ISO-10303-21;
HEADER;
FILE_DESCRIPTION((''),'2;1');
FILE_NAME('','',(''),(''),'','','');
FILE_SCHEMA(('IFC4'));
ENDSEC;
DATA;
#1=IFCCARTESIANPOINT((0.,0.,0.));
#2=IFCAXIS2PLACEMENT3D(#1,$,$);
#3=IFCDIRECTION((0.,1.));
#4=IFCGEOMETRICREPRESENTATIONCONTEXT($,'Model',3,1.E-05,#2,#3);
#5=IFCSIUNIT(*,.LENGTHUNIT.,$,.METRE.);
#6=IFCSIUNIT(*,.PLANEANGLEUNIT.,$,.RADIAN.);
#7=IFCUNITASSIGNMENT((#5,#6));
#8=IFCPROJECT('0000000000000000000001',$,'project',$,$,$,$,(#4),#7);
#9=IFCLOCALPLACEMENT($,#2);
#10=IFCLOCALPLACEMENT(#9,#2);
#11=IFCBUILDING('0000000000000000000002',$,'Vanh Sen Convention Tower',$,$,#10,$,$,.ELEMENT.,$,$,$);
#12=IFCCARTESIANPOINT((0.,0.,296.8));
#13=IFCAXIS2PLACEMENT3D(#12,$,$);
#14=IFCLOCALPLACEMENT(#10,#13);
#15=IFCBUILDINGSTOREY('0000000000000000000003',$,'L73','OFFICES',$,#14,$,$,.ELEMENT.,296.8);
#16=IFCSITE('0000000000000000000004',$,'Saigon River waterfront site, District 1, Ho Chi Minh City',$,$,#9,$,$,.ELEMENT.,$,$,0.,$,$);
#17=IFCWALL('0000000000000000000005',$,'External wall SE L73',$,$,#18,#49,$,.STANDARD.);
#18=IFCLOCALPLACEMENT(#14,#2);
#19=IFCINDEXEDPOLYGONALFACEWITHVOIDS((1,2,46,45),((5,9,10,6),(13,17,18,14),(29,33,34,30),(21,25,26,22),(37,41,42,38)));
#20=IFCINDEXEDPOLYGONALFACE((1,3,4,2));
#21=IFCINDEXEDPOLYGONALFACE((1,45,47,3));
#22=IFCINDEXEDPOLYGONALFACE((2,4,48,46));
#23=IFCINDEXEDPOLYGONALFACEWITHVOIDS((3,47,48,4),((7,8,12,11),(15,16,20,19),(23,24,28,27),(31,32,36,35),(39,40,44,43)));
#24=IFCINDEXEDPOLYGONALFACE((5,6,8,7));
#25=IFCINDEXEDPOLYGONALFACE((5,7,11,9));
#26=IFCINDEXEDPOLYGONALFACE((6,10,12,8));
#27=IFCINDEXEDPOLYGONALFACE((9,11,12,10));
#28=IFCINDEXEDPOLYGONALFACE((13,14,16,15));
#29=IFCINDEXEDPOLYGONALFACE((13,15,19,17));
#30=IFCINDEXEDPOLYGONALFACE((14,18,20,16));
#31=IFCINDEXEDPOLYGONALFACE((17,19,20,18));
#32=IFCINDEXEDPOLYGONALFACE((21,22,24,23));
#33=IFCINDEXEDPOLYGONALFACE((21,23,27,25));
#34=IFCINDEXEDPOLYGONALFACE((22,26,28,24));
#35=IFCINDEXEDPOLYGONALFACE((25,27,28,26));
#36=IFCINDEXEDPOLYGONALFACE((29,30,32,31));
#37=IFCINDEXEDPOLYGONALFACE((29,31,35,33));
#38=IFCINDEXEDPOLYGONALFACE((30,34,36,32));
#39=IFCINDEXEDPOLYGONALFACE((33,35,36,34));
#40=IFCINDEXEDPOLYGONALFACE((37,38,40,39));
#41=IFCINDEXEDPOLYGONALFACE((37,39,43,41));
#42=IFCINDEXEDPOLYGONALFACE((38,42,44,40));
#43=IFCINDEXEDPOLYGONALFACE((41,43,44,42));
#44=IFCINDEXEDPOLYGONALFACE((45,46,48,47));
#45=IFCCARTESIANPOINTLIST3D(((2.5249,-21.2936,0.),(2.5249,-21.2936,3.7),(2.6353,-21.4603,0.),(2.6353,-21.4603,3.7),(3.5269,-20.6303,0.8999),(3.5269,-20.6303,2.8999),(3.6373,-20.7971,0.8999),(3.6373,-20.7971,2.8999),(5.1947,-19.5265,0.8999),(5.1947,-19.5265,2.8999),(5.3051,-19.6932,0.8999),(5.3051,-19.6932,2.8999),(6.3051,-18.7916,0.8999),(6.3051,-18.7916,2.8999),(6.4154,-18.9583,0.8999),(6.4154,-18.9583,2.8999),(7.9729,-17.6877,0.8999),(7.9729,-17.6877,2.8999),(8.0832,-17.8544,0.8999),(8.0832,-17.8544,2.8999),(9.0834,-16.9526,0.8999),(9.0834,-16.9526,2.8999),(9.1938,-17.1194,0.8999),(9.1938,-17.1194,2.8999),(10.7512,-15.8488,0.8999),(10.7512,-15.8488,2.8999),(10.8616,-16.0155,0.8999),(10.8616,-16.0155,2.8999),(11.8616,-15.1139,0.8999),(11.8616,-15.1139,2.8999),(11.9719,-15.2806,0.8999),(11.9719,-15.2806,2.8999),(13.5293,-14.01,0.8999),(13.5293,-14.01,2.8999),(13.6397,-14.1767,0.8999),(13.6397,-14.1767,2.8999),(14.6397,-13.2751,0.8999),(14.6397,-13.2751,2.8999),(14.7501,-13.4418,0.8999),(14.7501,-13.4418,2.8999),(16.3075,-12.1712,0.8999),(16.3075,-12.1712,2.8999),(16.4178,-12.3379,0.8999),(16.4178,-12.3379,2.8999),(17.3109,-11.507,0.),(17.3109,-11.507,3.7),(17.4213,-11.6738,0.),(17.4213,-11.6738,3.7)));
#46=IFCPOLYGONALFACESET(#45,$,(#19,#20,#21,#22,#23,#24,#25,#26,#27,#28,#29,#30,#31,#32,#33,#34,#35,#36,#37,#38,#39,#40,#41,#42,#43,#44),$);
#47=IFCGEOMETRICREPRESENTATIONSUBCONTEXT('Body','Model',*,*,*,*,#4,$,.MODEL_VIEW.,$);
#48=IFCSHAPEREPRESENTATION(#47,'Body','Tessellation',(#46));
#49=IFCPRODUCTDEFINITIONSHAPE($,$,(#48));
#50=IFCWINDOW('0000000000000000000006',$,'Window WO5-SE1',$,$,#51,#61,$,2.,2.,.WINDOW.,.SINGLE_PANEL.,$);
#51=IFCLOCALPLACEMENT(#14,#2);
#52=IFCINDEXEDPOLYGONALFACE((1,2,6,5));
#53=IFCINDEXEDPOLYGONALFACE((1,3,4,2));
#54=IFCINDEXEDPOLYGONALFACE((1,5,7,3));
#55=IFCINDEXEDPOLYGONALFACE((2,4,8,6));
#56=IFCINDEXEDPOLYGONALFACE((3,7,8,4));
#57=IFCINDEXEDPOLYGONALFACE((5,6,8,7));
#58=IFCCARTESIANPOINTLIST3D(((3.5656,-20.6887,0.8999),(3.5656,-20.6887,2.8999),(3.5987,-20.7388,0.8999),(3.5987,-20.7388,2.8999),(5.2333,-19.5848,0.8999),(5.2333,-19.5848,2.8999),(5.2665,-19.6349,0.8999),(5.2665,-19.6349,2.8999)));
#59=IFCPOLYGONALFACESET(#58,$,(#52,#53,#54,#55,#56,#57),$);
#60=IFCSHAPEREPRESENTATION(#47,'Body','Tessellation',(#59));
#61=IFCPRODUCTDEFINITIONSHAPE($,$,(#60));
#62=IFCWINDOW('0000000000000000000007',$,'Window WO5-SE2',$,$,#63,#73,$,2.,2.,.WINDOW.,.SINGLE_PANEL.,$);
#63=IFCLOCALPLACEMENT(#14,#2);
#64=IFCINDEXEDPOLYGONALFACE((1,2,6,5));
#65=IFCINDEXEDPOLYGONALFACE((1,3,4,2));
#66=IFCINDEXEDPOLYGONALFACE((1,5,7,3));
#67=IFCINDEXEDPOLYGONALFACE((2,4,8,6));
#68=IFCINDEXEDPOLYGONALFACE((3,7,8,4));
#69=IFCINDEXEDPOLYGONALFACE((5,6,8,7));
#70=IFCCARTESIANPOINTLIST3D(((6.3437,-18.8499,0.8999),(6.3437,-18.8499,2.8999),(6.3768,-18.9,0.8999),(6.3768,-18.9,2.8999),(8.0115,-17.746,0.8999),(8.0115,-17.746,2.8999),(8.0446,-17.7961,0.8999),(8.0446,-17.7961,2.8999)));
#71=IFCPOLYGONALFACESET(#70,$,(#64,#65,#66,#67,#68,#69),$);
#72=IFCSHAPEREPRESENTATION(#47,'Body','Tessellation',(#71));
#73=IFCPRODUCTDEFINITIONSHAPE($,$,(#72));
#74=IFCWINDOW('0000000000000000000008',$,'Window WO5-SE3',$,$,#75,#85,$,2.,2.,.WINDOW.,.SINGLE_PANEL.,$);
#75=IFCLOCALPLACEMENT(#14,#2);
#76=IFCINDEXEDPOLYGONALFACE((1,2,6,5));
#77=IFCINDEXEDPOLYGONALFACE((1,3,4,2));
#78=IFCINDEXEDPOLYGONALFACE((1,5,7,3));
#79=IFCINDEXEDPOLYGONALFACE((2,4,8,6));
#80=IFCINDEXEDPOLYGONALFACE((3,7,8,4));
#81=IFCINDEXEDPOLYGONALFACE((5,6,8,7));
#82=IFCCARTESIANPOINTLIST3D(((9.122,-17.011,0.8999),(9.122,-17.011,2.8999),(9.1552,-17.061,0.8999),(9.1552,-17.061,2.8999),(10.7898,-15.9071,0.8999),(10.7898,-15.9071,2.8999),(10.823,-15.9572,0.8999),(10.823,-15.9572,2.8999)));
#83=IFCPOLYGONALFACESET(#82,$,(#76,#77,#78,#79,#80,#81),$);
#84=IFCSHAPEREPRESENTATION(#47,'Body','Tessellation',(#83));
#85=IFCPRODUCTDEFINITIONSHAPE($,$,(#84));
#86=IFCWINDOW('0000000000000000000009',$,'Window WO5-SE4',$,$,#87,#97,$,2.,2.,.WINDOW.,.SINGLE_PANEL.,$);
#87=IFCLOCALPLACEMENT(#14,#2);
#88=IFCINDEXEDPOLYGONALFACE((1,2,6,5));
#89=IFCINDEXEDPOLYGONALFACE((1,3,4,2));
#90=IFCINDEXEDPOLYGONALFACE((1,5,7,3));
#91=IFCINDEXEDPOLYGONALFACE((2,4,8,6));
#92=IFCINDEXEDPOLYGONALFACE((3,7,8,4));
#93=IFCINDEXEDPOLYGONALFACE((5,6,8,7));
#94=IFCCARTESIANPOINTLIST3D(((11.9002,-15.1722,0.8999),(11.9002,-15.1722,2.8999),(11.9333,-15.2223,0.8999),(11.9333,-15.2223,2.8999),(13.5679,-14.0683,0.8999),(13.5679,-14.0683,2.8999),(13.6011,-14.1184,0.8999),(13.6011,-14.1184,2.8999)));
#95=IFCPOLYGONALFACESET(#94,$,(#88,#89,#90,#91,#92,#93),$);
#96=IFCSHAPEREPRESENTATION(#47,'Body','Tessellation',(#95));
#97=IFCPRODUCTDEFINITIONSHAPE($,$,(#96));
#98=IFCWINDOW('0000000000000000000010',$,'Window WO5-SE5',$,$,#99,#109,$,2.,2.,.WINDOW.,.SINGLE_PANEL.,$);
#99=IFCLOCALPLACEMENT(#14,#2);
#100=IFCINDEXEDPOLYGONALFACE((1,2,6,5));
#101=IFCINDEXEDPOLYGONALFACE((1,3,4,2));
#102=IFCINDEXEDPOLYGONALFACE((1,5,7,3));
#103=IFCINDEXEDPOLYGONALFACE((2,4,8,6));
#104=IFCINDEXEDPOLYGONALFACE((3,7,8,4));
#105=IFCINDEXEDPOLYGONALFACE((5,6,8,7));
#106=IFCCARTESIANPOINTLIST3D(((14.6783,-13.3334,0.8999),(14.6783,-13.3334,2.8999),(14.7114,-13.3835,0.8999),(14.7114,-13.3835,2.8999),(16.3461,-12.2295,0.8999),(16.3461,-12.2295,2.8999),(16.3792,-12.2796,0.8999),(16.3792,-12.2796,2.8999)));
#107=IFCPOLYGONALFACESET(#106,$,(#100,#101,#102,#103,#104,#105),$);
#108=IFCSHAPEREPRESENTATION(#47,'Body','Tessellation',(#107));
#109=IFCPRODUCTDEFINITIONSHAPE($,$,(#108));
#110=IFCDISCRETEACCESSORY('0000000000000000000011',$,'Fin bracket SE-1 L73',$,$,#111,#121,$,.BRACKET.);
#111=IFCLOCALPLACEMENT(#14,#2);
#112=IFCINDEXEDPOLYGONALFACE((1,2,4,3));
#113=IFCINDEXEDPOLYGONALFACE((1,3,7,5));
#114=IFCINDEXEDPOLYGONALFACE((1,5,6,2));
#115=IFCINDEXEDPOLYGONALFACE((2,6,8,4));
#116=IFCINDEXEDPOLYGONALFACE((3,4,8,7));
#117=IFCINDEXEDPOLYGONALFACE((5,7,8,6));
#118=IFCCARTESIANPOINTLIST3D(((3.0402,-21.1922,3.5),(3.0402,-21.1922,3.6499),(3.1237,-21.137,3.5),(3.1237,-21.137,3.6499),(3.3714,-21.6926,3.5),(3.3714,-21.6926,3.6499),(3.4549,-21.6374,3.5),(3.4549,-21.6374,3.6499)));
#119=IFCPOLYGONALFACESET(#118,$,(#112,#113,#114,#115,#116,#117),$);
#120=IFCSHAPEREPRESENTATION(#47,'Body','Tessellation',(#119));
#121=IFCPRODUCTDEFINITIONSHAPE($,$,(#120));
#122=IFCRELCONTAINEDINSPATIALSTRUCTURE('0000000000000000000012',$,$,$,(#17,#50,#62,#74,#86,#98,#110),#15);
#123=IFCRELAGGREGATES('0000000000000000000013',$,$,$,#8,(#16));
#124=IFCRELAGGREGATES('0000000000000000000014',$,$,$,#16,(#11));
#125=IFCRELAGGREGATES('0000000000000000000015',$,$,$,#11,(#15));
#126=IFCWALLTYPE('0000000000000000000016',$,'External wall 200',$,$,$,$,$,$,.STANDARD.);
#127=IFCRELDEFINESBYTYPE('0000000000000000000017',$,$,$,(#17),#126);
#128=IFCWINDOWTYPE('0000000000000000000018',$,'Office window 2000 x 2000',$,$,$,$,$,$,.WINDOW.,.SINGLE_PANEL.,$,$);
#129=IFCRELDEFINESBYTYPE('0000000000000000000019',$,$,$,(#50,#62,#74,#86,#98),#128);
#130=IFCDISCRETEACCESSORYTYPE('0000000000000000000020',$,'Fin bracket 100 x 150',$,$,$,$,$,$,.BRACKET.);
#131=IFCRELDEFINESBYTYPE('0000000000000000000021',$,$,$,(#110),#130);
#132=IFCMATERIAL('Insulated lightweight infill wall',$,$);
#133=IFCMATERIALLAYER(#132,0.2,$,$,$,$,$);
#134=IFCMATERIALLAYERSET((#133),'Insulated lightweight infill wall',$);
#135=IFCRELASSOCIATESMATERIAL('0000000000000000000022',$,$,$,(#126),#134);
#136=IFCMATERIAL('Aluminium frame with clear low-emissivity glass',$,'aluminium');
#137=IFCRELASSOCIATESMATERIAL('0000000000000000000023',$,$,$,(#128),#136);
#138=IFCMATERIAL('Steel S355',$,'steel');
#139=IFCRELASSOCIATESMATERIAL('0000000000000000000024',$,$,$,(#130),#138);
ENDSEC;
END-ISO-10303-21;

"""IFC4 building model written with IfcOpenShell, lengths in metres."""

from ifc_helpers import new_model, si_unit, direction, frame, frame_2d, origin, origin_2d, place, context, subcontext, project, spatial, rectangle, extrude, material, layer, layer_set, type_object, element, fill, save


model = new_model("IFC4")

# Units and contexts
model_context = context("Model", 3, precision=1e-05, world=origin(), true_north=direction((0.0, 1.0)))
body_context = subcontext(model_context, "Body", "Model", "MODEL_VIEW")
ifc_project = project(units=[si_unit("LENGTHUNIT", "METRE"), si_unit("PLANEANGLEUNIT", "RADIAN")], contexts=[model_context])

# Site, building, storey
site_placement = place(None, origin())
site = spatial("IfcSite", under=ifc_project, at=site_placement, Name="Saigon River waterfront site, District 1, Ho Chi Minh City", CompositionType="ELEMENT", RefElevation=0.0)
building_placement = place(site_placement, origin())
building = spatial("IfcBuilding", under=site, at=building_placement, Name="Vanh Sen Convention Tower", CompositionType="ELEMENT")
storey_placement = place(building_placement, frame((0.0, 0.0, 296.8)))
storey = spatial("IfcBuildingStorey", under=building, at=storey_placement, Name="L73", Description="OFFICES", CompositionType="ELEMENT", Elevation=296.8)

# Wall, openings, windows
ifc_material_1 = material(Name="Insulated lightweight infill wall")
ifc_layer_1 = layer(ifc_material_1, 0.2)
ifc_layer_set_1 = layer_set([ifc_layer_1], Name="Insulated lightweight infill wall")
wall_type_1 = type_object("IfcWallType", Name="External wall 200", PredefinedType="STANDARD", material=ifc_layer_set_1)
wall_1_placement = place(storey_placement, frame((2.5801, -21.377, 0.0), z_axis=(0.0, 0.0, 1.0), x_axis=(0.833889, 0.551933, 0.0)))
wall_1 = element("IfcWall", 1, at=wall_1_placement, inside=storey, type_object=wall_type_1, Name="External wall SE L73", PredefinedType="STANDARD", context=body_context, shape_type="SweptSolid", body=[
    extrude(rectangle(XDim=17.7314, YDim=0.2, at=frame_2d((8.8657, 0.0))), origin(), (0.0, 0.0, 1.0), 3.7),
])
opening_1_placement = place(wall_1_placement, frame((1.2017, 0.0, 0.8999)))
opening_1 = element("IfcOpeningElement", 2, at=opening_1_placement, cuts=wall_1, PredefinedType="OPENING", context=body_context, shape_type="SweptSolid", body=[
    extrude(rectangle(XDim=2.0, YDim=2.0, at=frame_2d((1.0, 1.0))), frame((0.0, 0.1099, 0.0), z_axis=(0.0, -1.0, 0.0), x_axis=(1.0, 0.0, 0.0)), (0.0, 0.0, 1.0), 0.22),
])
opening_2_placement = place(wall_1_placement, frame((4.5332, 0.0, 0.8999)))
opening_2 = element("IfcOpeningElement", 3, at=opening_2_placement, cuts=wall_1, PredefinedType="OPENING", context=body_context, shape_type="SweptSolid", body=[
    extrude(rectangle(XDim=2.0, YDim=2.0, at=frame_2d((1.0, 1.0))), frame((0.0, 0.1099, 0.0), z_axis=(0.0, -1.0, 0.0), x_axis=(1.0, 0.0, 0.0)), (0.0, 0.0, 1.0), 0.22),
])
opening_3_placement = place(wall_1_placement, frame((7.865, 0.0, 0.8999)))
opening_3 = element("IfcOpeningElement", 4, at=opening_3_placement, cuts=wall_1, PredefinedType="OPENING", context=body_context, shape_type="SweptSolid", body=[
    extrude(rectangle(XDim=2.0, YDim=2.0, at=frame_2d((1.0, 1.0))), frame((0.0, 0.1099, 0.0), z_axis=(0.0, -1.0, 0.0), x_axis=(1.0, 0.0, 0.0)), (0.0, 0.0, 1.0), 0.22),
])
opening_4_placement = place(wall_1_placement, frame((11.1965, 0.0, 0.8999)))
opening_4 = element("IfcOpeningElement", 5, at=opening_4_placement, cuts=wall_1, PredefinedType="OPENING", context=body_context, shape_type="SweptSolid", body=[
    extrude(rectangle(XDim=2.0, YDim=2.0, at=frame_2d((1.0, 1.0))), frame((0.0, 0.1099, 0.0), z_axis=(0.0, -1.0, 0.0), x_axis=(1.0, 0.0, 0.0)), (0.0, 0.0, 1.0), 0.22),
])
opening_5_placement = place(wall_1_placement, frame((14.5281, 0.0, 0.8999)))
opening_5 = element("IfcOpeningElement", 6, at=opening_5_placement, cuts=wall_1, PredefinedType="OPENING", context=body_context, shape_type="SweptSolid", body=[
    extrude(rectangle(XDim=2.0, YDim=2.0, at=frame_2d((1.0, 1.0))), frame((0.0, 0.1099, 0.0), z_axis=(0.0, -1.0, 0.0), x_axis=(1.0, 0.0, 0.0)), (0.0, 0.0, 1.0), 0.22),
])
ifc_material_2 = material(Name="Aluminium frame with clear low-emissivity glass", Category="aluminium")
window_type = type_object("IfcWindowType", Name="Office window 2000 x 2000", PartitioningType="SINGLE_PANEL", PredefinedType="WINDOW", material=ifc_material_2)
window_1_placement = place(opening_1_placement, origin())
window_1 = element("IfcWindow", 7, at=window_1_placement, inside=storey, type_object=window_type, Name="Window WO5-SE1", OverallHeight=2.0, OverallWidth=2.0, PartitioningType="SINGLE_PANEL", PredefinedType="WINDOW", context=body_context, shape_type="SweptSolid", body=[
    extrude(rectangle(XDim=2.0, YDim=2.0, at=frame_2d((1.0, 1.0))), frame((0.0, 0.03, 0.0), z_axis=(0.0, -1.0, 0.0), x_axis=(1.0, 0.0, 0.0)), (0.0, 0.0, 1.0), 0.0601),
])
fill(opening_1, window_1)
window_2_placement = place(opening_2_placement, origin())
window_2 = element("IfcWindow", 8, at=window_2_placement, inside=storey, type_object=window_type, Name="Window WO5-SE2", OverallHeight=2.0, OverallWidth=2.0, PartitioningType="SINGLE_PANEL", PredefinedType="WINDOW", context=body_context, shape_type="SweptSolid", body=[
    extrude(rectangle(XDim=2.0, YDim=2.0, at=frame_2d((1.0, 1.0))), frame((0.0, 0.03, 0.0), z_axis=(0.0, -1.0, 0.0), x_axis=(1.0, 0.0, 0.0)), (0.0, 0.0, 1.0), 0.0601),
])
fill(opening_2, window_2)
window_3_placement = place(opening_3_placement, origin())
window_3 = element("IfcWindow", 9, at=window_3_placement, inside=storey, type_object=window_type, Name="Window WO5-SE3", OverallHeight=2.0, OverallWidth=2.0, PartitioningType="SINGLE_PANEL", PredefinedType="WINDOW", context=body_context, shape_type="SweptSolid", body=[
    extrude(rectangle(XDim=2.0, YDim=2.0, at=frame_2d((1.0, 1.0))), frame((0.0, 0.03, 0.0), z_axis=(0.0, -1.0, 0.0), x_axis=(1.0, 0.0, 0.0)), (0.0, 0.0, 1.0), 0.0601),
])
fill(opening_3, window_3)
window_4_placement = place(opening_4_placement, origin())
window_4 = element("IfcWindow", 10, at=window_4_placement, inside=storey, type_object=window_type, Name="Window WO5-SE4", OverallHeight=2.0, OverallWidth=2.0, PartitioningType="SINGLE_PANEL", PredefinedType="WINDOW", context=body_context, shape_type="SweptSolid", body=[
    extrude(rectangle(XDim=2.0, YDim=2.0, at=frame_2d((1.0, 1.0))), frame((0.0, 0.03, 0.0), z_axis=(0.0, -1.0, 0.0), x_axis=(1.0, 0.0, 0.0)), (0.0, 0.0, 1.0), 0.0601),
])
fill(opening_4, window_4)
window_5_placement = place(opening_5_placement, origin())
window_5 = element("IfcWindow", 11, at=window_5_placement, inside=storey, type_object=window_type, Name="Window WO5-SE5", OverallHeight=2.0, OverallWidth=2.0, PartitioningType="SINGLE_PANEL", PredefinedType="WINDOW", context=body_context, shape_type="SweptSolid", body=[
    extrude(rectangle(XDim=2.0, YDim=2.0, at=frame_2d((1.0, 1.0))), frame((0.0, 0.03, 0.0), z_axis=(0.0, -1.0, 0.0), x_axis=(1.0, 0.0, 0.0)), (0.0, 0.0, 1.0), 0.0601),
])
fill(opening_5, window_5)

# Discrete accessory
ifc_material_3 = material(Name="Steel S355", Category="steel")
discrete_accessory_type = type_object("IfcDiscreteAccessoryType", Name="Fin bracket 100 x 150", PredefinedType="BRACKET", material=ifc_material_3)
discrete_accessory_placement = place(storey_placement, frame((3.2476, -21.4148, 3.5), z_axis=(0.0, 0.0, 1.0), x_axis=(0.551937, -0.833886, 0.0)))
element("IfcDiscreteAccessory", 12, at=discrete_accessory_placement, inside=storey, type_object=discrete_accessory_type, Name="Fin bracket SE-1 L73", PredefinedType="BRACKET", context=body_context, shape_type="SweptSolid", body=[
    extrude(rectangle(XDim=0.6001, YDim=0.1001, at=origin_2d()), origin(), (0.0, 0.0, 1.0), 0.1499),
])

save(model, "model.ifc")
